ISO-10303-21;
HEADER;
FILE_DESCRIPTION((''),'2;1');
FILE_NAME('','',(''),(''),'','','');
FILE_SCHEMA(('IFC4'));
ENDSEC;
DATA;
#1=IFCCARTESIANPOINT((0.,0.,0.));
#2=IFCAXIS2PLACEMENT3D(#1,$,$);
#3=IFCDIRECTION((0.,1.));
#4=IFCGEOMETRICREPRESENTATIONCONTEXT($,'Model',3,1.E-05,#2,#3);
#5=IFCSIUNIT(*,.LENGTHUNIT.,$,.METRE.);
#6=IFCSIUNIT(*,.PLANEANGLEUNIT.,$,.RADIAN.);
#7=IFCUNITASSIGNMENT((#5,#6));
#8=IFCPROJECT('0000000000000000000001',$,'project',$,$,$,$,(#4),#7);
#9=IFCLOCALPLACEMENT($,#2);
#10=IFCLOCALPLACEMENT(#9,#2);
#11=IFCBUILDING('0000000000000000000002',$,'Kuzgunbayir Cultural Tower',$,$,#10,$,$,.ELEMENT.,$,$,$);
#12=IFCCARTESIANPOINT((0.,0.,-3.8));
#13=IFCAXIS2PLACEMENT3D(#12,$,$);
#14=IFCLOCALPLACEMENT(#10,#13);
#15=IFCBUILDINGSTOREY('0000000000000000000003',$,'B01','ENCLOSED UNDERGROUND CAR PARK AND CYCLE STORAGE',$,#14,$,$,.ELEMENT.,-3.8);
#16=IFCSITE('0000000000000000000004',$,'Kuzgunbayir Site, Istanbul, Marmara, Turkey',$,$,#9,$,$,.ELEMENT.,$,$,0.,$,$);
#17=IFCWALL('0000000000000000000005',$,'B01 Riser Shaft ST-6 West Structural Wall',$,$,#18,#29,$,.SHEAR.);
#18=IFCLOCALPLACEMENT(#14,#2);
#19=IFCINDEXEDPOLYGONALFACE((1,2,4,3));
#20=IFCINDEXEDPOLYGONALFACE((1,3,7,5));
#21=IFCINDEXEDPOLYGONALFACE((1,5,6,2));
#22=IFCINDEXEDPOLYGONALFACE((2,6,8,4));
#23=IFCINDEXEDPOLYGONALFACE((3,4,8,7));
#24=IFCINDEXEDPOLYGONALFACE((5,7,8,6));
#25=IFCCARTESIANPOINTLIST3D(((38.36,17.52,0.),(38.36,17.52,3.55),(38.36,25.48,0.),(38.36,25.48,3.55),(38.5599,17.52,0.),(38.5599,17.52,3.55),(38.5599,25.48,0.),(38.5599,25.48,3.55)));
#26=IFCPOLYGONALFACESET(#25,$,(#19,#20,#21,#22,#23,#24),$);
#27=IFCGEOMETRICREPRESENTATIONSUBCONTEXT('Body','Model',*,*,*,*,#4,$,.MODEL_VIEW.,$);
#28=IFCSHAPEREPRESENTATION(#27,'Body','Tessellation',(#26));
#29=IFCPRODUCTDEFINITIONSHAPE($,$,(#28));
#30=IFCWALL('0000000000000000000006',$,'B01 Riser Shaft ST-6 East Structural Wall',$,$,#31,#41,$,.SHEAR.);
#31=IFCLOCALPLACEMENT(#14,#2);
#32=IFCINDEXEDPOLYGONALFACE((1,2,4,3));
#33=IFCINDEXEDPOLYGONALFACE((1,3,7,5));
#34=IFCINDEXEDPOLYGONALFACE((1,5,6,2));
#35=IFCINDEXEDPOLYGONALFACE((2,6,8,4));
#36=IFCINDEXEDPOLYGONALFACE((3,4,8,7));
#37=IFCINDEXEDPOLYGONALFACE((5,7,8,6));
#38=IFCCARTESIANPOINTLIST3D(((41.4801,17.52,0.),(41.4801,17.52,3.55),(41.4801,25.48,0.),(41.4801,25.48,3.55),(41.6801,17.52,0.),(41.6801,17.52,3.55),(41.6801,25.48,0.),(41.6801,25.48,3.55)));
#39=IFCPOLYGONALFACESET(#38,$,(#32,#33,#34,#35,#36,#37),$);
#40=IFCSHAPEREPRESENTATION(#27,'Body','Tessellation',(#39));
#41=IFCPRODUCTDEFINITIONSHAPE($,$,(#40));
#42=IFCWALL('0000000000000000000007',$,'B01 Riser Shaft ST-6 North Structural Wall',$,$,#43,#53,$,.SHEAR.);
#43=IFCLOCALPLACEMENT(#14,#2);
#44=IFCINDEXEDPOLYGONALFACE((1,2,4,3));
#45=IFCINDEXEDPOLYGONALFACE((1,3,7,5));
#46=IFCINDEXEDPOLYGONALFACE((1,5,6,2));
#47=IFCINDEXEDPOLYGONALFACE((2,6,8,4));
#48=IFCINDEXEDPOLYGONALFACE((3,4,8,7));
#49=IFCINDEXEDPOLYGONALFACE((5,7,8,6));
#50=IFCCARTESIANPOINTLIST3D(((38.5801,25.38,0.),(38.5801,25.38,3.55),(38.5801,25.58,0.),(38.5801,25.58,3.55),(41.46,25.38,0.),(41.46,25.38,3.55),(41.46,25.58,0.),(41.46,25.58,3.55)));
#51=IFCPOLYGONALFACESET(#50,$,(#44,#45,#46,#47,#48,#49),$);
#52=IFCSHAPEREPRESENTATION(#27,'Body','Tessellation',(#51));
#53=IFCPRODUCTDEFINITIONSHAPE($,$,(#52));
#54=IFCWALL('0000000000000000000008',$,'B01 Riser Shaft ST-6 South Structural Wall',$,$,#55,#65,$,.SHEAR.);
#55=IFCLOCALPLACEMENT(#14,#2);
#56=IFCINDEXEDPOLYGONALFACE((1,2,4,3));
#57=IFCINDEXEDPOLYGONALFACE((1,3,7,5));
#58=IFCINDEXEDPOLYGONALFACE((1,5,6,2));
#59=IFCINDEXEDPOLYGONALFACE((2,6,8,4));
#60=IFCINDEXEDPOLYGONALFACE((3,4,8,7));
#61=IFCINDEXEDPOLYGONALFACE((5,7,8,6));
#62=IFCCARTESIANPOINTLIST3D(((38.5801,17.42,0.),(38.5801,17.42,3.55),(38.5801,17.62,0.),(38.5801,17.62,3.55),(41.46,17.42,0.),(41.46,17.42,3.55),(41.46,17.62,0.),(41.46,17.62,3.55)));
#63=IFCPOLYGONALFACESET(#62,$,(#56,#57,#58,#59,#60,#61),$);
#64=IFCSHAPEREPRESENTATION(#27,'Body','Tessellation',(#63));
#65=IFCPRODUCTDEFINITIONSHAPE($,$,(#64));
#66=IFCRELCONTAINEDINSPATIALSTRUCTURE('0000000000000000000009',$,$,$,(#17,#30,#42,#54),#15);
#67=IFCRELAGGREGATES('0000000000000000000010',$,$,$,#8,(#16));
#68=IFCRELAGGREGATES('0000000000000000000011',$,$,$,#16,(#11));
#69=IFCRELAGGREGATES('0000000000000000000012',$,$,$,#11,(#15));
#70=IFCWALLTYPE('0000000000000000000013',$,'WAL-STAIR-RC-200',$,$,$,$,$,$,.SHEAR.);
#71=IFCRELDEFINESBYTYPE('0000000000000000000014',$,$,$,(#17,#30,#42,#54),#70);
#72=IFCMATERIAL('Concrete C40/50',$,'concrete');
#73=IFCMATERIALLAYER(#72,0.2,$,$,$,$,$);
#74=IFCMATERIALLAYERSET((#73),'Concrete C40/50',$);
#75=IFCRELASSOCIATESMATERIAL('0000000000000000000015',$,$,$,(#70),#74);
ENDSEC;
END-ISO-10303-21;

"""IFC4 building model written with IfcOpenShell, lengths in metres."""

from ifc_helpers import new_model, si_unit, direction, frame, frame_2d, origin, place, context, subcontext, project, spatial, rectangle, extrude, material, layer, layer_set, type_object, element, save


model = new_model("IFC4")

# Units and contexts
model_context = context("Model", 3, precision=1e-05, world=origin(), true_north=direction((0.0, 1.0)))
body_context = subcontext(model_context, "Body", "Model", "MODEL_VIEW")
ifc_project = project(units=[si_unit("LENGTHUNIT", "METRE"), si_unit("PLANEANGLEUNIT", "RADIAN")], contexts=[model_context])

# Site, building, storey
site_placement = place(None, origin())
site = spatial("IfcSite", under=ifc_project, at=site_placement, Name="Kuzgunbayir Site, Istanbul, Marmara, Turkey", CompositionType="ELEMENT", RefElevation=0.0)
building_placement = place(site_placement, origin())
building = spatial("IfcBuilding", under=site, at=building_placement, Name="Kuzgunbayir Cultural Tower", CompositionType="ELEMENT")
storey_placement = place(building_placement, frame((0.0, 0.0, -3.8)))
storey = spatial("IfcBuildingStorey", under=building, at=storey_placement, Name="B01", Description="ENCLOSED UNDERGROUND CAR PARK AND CYCLE STORAGE", CompositionType="ELEMENT", Elevation=-3.8)

# Shared definitions
ifc_material_1 = material(Name="Concrete C40/50", Category="concrete")

# Walls
ifc_layer_1 = layer(ifc_material_1, 0.2)
ifc_layer_set_1 = layer_set([ifc_layer_1], Name="Concrete C40/50")
wall_type_1 = type_object("IfcWallType", Name="WAL-STAIR-RC-200", PredefinedType="SHEAR", material=ifc_layer_set_1)
for number, where, z_axis, x_axis, name in (
    (1, (38.46, 17.52, 0.0), (0.0, 0.0, 1.0), (0.0, 1.0, 0.0), "B01 Riser Shaft ST-6 West Structural Wall"),
    (2, (41.5801, 17.52, 0.0), (0.0, 0.0, 1.0), (0.0, 1.0, 0.0), "B01 Riser Shaft ST-6 East Structural Wall"),
):
    element("IfcWall", number, at=place(storey_placement, frame(where, z_axis=z_axis, x_axis=x_axis)), inside=storey, type_object=wall_type_1, Name=name, PredefinedType="SHEAR", context=body_context, shape_type="SweptSolid", body=[
        extrude(rectangle(XDim=7.96, YDim=0.2, at=frame_2d((3.98, 0.0))), origin(), (0.0, 0.0, 1.0), 3.55),
    ])
for number, where, z_axis, x_axis, name in (
    (3, (38.5801, 25.48, 0.0), (0.0, 0.0, 1.0), (1.0, 0.0, 0.0), "B01 Riser Shaft ST-6 North Structural Wall"),
    (4, (38.5801, 17.52, 0.0), (0.0, 0.0, 1.0), (1.0, 0.0, 0.0), "B01 Riser Shaft ST-6 South Structural Wall"),
):
    element("IfcWall", number, at=place(storey_placement, frame(where, z_axis=z_axis, x_axis=x_axis)), inside=storey, type_object=wall_type_1, Name=name, PredefinedType="SHEAR", context=body_context, shape_type="SweptSolid", body=[
        extrude(rectangle(XDim=2.8799, YDim=0.2, at=frame_2d((1.4399, 0.0))), origin(), (0.0, 0.0, 1.0), 3.55),
    ])

save(model, "model.ifc")
